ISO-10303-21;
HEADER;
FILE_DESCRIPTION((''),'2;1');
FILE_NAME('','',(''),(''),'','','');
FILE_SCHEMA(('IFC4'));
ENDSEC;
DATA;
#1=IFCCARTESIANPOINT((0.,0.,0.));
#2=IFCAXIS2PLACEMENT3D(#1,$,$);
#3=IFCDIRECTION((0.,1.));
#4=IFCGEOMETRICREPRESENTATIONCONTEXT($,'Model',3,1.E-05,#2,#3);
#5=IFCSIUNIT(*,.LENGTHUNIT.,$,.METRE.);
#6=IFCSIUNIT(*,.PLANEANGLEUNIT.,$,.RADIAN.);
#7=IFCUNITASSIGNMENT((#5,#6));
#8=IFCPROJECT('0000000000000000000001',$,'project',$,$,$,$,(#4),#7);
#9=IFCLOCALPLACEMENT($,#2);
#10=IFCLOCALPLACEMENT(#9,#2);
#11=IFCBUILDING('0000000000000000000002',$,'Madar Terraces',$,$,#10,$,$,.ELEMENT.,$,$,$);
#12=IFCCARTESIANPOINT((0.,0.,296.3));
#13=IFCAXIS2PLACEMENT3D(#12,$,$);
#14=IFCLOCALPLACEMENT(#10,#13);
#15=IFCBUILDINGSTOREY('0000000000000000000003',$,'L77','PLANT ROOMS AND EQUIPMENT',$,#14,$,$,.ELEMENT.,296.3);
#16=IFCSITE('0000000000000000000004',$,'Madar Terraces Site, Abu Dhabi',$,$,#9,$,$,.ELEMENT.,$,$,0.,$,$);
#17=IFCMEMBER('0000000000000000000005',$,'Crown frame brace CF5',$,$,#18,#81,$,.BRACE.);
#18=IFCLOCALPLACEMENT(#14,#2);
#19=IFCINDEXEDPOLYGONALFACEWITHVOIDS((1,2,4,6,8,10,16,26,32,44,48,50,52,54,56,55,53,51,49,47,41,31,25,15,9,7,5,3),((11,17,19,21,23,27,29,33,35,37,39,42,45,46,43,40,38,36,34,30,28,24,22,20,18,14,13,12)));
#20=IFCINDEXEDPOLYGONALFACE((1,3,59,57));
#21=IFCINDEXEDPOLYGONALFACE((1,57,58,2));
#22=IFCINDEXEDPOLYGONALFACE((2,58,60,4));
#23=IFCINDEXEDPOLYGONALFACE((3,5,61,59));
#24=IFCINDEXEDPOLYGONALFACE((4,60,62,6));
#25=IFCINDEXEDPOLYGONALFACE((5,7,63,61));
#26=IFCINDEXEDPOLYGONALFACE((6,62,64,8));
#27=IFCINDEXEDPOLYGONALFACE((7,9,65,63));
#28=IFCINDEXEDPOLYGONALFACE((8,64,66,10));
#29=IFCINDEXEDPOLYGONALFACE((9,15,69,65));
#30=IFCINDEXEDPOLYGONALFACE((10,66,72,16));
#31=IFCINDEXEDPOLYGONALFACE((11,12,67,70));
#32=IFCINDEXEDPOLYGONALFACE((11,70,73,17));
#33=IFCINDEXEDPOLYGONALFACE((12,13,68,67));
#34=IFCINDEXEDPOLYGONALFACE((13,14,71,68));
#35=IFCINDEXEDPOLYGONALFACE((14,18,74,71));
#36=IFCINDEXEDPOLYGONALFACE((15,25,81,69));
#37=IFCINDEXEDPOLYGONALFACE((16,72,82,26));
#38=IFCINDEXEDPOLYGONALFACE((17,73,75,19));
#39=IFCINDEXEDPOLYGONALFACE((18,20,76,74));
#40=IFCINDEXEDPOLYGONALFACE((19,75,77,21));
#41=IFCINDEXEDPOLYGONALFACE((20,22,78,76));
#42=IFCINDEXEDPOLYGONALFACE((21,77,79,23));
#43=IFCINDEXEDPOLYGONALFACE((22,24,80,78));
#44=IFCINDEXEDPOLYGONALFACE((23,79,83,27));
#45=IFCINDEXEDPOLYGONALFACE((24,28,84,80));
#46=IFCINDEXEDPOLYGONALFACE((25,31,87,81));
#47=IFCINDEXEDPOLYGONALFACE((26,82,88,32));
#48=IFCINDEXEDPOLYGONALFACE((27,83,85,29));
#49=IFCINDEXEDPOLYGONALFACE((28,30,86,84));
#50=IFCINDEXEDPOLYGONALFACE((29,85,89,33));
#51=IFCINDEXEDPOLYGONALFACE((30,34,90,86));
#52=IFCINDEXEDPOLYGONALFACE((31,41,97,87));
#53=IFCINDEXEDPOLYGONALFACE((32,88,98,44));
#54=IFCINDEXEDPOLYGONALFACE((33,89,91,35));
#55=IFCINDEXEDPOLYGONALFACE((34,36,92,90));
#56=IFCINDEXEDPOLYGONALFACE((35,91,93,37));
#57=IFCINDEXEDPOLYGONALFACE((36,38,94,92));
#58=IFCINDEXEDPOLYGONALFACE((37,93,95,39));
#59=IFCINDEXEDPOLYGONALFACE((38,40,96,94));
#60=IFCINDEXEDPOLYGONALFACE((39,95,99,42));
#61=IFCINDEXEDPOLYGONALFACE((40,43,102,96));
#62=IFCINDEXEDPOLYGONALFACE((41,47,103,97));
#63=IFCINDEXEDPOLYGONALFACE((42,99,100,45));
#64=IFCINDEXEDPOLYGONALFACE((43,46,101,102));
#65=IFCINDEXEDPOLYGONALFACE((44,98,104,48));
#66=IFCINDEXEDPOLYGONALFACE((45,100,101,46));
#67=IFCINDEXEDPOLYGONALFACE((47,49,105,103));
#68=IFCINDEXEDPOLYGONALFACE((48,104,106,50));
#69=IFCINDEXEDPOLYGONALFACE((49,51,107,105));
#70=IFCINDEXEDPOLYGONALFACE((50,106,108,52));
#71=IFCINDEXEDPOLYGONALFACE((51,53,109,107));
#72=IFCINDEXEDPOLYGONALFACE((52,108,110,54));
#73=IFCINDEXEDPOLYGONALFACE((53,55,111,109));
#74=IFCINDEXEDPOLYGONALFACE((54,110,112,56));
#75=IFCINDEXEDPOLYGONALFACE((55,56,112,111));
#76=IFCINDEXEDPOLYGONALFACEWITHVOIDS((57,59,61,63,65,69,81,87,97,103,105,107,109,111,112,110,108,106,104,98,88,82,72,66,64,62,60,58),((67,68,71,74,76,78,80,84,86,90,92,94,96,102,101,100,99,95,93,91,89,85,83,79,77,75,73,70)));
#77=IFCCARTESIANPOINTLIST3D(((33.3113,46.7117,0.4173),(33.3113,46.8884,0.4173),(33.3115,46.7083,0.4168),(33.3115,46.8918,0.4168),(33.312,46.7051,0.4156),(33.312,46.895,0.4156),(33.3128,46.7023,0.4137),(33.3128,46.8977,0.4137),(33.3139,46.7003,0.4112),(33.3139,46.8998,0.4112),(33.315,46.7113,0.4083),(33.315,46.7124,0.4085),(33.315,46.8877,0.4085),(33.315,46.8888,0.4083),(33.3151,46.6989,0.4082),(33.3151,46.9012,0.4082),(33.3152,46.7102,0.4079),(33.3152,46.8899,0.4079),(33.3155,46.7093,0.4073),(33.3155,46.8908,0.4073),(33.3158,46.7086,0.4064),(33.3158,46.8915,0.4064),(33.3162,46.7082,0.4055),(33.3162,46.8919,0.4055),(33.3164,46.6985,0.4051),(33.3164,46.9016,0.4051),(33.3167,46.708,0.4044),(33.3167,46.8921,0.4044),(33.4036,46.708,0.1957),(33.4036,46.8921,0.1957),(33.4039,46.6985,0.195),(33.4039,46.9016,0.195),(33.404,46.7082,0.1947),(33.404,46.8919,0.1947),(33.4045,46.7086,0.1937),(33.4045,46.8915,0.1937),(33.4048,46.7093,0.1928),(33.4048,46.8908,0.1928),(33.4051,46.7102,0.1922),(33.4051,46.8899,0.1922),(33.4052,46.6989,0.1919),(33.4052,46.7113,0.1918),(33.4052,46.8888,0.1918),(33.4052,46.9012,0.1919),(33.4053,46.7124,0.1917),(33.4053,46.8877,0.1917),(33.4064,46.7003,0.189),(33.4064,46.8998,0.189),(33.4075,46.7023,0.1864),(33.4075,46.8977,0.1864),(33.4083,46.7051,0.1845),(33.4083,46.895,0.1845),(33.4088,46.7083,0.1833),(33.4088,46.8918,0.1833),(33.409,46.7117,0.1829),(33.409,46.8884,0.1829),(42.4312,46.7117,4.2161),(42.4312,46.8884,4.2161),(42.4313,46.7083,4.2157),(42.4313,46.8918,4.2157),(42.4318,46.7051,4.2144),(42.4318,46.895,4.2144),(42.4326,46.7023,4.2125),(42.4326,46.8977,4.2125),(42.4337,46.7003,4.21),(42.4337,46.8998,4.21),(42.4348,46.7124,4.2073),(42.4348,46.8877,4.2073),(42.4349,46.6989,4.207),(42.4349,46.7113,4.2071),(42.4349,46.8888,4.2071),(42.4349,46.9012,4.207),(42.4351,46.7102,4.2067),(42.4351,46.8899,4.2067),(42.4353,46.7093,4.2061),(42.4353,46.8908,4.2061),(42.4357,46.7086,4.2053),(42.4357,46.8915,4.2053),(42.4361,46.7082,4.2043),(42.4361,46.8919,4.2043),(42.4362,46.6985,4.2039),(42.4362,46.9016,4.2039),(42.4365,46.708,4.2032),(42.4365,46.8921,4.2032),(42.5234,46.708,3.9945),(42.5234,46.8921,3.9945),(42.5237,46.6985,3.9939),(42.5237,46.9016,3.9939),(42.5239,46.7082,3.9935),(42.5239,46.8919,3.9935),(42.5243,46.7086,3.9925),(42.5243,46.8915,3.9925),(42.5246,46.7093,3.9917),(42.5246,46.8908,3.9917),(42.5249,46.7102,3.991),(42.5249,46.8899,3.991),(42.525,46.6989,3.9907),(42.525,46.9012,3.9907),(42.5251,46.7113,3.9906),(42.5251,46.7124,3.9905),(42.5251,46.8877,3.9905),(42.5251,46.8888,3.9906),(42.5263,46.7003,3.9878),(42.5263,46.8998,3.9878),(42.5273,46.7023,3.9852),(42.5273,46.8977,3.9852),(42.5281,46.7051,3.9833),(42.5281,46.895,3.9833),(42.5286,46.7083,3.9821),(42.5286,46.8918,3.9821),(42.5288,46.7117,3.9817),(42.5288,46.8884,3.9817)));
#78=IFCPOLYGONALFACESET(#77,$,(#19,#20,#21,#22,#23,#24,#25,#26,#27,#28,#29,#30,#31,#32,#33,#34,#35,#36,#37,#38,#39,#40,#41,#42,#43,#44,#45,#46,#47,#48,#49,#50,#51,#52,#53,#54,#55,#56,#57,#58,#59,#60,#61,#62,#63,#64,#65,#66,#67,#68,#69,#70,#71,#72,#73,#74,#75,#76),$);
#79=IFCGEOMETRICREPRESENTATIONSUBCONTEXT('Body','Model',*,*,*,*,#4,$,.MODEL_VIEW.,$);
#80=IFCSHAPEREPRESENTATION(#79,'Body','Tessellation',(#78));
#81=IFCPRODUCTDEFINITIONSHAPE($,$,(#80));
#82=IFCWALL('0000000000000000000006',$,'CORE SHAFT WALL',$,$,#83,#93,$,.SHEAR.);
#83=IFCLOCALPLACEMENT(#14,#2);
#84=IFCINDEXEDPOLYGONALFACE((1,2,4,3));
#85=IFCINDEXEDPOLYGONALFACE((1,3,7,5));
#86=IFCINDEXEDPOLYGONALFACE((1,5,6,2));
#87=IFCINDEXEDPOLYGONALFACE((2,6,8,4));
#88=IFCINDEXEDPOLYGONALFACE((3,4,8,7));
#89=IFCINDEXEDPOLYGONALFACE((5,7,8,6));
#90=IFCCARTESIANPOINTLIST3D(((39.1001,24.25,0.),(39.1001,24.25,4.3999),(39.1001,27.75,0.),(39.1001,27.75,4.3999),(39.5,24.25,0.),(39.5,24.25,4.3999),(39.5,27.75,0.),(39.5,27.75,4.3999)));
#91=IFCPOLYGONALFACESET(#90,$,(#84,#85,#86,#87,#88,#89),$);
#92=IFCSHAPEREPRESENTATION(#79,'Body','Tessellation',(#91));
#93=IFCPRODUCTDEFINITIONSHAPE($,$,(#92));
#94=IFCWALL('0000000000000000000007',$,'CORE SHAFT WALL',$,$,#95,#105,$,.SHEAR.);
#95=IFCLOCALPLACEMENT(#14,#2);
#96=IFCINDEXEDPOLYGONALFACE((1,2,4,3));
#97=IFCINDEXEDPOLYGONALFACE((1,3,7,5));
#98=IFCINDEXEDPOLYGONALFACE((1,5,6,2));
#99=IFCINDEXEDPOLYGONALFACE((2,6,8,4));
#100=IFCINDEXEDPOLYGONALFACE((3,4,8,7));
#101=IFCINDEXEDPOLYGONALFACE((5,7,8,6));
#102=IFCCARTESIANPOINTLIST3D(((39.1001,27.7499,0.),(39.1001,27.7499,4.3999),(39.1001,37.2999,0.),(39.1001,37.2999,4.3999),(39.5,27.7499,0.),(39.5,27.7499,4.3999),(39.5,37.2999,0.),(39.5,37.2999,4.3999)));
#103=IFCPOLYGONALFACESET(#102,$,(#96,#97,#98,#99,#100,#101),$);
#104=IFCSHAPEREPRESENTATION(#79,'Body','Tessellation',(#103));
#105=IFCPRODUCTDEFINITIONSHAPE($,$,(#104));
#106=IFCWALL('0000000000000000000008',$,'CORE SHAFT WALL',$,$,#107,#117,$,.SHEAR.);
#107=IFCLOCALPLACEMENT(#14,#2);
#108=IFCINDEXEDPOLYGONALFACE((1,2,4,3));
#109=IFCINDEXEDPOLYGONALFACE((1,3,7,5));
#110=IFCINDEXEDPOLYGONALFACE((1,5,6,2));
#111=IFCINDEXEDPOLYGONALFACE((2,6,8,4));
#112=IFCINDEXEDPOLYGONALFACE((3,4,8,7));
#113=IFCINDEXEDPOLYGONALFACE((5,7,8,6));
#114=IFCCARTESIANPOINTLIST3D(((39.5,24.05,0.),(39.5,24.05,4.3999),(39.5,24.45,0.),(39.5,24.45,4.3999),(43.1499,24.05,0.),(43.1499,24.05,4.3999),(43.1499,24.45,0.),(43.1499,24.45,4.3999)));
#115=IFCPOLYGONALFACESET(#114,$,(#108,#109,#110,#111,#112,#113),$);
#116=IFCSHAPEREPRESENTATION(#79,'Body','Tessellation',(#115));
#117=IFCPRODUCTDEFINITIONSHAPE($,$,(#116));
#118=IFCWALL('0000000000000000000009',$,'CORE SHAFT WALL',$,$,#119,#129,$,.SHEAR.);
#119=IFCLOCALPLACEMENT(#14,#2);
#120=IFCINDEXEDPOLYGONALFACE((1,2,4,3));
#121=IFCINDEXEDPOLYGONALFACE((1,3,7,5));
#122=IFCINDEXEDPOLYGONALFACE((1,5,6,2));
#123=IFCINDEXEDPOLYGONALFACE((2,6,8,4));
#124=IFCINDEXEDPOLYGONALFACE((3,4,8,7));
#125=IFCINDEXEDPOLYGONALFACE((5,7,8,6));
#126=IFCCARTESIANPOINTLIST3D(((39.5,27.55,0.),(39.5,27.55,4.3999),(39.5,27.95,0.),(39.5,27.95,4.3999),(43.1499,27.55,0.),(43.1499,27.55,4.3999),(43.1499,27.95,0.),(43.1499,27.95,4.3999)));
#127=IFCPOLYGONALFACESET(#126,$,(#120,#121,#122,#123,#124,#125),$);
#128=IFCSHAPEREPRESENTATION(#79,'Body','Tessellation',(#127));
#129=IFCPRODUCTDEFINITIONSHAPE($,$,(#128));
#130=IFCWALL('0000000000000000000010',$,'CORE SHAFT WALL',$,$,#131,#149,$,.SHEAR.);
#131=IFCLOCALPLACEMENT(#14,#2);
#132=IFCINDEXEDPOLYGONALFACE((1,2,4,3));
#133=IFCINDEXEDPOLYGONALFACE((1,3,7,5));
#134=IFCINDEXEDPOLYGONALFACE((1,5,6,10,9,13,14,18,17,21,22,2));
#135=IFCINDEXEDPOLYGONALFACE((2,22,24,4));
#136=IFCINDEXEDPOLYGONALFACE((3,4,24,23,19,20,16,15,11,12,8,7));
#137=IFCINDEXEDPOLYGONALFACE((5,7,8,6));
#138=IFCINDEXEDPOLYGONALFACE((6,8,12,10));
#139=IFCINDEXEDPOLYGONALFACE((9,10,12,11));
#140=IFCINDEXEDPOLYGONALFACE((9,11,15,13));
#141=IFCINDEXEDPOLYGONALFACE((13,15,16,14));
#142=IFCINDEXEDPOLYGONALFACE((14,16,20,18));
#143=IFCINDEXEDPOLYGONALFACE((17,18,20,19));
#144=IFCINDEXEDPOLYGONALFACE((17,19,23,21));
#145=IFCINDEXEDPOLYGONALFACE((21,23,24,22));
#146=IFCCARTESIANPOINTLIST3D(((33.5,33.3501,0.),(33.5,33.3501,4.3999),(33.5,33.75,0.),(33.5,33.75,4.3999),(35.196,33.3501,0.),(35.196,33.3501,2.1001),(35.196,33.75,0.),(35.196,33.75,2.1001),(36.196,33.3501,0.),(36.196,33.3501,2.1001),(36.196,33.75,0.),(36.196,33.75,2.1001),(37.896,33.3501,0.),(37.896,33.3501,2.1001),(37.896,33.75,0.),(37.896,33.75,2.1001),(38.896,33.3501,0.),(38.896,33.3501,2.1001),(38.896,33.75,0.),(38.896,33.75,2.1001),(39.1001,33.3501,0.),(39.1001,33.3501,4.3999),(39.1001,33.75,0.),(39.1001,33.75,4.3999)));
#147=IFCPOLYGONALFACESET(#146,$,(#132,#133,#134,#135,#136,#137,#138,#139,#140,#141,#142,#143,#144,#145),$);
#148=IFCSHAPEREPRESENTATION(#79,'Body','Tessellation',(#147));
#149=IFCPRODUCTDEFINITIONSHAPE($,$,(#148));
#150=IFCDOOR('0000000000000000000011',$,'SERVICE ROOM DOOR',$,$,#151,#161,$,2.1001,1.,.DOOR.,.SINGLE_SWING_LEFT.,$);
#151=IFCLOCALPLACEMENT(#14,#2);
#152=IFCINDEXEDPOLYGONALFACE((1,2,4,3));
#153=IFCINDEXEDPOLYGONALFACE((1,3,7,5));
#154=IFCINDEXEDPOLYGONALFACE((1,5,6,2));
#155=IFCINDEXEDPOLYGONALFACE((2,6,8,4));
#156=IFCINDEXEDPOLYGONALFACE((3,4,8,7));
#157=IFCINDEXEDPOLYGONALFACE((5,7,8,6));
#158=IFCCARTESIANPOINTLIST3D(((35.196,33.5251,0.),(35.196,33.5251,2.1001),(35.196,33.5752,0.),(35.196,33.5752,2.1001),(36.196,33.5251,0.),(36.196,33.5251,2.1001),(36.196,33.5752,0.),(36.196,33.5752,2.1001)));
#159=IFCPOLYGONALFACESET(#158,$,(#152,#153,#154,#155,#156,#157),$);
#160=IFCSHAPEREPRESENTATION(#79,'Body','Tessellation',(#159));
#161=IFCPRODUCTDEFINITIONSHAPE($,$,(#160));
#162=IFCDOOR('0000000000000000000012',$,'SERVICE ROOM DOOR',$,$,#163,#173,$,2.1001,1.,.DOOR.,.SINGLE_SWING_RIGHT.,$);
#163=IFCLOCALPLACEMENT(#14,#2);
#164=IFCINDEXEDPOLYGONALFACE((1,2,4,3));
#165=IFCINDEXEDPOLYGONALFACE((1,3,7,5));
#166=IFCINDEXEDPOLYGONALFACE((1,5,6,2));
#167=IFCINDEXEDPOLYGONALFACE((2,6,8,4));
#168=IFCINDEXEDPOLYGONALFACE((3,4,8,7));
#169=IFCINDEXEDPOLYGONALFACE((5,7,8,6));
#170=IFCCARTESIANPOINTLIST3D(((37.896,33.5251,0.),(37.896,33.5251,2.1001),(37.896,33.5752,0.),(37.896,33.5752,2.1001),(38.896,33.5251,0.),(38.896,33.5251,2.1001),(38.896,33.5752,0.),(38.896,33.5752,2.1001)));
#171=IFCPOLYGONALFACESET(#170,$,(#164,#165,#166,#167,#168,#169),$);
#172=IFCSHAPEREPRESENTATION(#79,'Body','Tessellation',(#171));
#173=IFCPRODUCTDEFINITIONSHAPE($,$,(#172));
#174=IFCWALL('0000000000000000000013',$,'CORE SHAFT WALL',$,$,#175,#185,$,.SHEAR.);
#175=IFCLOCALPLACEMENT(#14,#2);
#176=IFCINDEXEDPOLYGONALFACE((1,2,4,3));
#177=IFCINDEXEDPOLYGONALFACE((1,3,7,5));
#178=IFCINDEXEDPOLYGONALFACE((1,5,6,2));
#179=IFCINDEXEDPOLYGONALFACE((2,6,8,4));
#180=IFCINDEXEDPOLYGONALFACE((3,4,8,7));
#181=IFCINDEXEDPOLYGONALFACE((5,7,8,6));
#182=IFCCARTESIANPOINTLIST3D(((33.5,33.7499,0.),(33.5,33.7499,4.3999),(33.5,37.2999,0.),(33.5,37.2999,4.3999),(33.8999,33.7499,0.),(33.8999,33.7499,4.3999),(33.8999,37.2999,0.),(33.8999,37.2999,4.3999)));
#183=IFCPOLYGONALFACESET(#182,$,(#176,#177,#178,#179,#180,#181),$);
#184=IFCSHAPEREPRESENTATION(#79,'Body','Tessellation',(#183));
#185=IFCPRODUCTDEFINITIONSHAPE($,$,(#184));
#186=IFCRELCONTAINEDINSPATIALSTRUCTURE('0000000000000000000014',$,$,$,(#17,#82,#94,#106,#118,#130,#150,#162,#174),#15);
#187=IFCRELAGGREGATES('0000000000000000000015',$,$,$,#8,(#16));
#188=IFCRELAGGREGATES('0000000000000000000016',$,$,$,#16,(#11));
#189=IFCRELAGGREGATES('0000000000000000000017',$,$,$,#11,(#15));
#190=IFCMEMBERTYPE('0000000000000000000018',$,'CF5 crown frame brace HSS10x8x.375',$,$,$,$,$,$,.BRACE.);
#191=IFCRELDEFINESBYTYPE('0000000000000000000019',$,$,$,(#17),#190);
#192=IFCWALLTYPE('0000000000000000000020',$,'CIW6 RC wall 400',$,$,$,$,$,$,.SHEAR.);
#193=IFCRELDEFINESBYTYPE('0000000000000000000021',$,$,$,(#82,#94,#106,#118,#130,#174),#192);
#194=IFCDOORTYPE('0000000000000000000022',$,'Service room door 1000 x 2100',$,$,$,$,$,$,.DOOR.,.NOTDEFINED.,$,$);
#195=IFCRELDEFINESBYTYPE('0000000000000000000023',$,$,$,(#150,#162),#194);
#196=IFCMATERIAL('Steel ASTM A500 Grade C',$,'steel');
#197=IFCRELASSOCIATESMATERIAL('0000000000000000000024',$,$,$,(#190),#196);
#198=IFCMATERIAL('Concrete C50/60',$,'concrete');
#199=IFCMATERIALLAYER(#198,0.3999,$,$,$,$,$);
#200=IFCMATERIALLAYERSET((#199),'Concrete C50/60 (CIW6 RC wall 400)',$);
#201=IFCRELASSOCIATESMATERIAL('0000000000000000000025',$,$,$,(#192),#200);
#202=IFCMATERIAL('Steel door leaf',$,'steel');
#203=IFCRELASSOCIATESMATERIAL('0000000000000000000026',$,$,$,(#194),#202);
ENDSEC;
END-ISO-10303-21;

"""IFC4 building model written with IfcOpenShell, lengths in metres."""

from ifc_helpers import new_model, si_unit, direction, frame, frame_2d, origin, origin_2d, place, context, subcontext, project, spatial, rectangle, hollow_rectangle, extrude, material, layer, layer_set, material_profile, profile_set, type_object, element, fill, save


model = new_model("IFC4")

# Units and contexts
model_context = context("Model", 3, precision=1e-05, world=origin(), true_north=direction((0.0, 1.0)))
body_context = subcontext(model_context, "Body", "Model", "MODEL_VIEW")
ifc_project = project(units=[si_unit("LENGTHUNIT", "METRE"), si_unit("PLANEANGLEUNIT", "RADIAN")], contexts=[model_context])

# Site, building, storey
site_placement = place(None, origin())
site = spatial("IfcSite", under=ifc_project, at=site_placement, Name="Madar Terraces Site, Abu Dhabi", CompositionType="ELEMENT", RefElevation=0.0)
building_placement = place(site_placement, origin())
building = spatial("IfcBuilding", under=site, at=building_placement, Name="Madar Terraces", CompositionType="ELEMENT")
storey_placement = place(building_placement, frame((0.0, 0.0, 296.3)))
storey = spatial("IfcBuildingStorey", under=building, at=storey_placement, Name="L77", Description="PLANT ROOMS AND EQUIPMENT", CompositionType="ELEMENT", Elevation=296.3)

# Member
ifc_material_1 = material(Name="Steel ASTM A500 Grade C", Category="steel")
ifc_material_profile_1 = material_profile(ifc_material_1, hollow_rectangle(XDim=0.2031, YDim=0.2539, WallThickness=0.0095, InnerFilletRadius=0.0044, OuterFilletRadius=0.0132, at=origin_2d()), Name="HSS10x8x.375")
ifc_profile_set_1 = profile_set([ifc_material_profile_1], Name="Steel ASTM A500 Grade C")
member_type = type_object("IfcMemberType", Name="CF5 crown frame brace HSS10x8x.375", PredefinedType="BRACE", material=ifc_profile_set_1)
member_placement = place(storey_placement, frame((42.48, 46.8, 4.0989), z_axis=(-0.923117, 0.0, -0.384519), x_axis=(0.0, -1.0, 0.0)))
element("IfcMember", 1, at=member_placement, inside=storey, type_object=member_type, Name="Crown frame brace CF5", PredefinedType="BRACE", context=body_context, shape_type="SweptSolid", body=[
    extrude(hollow_rectangle(XDim=0.2031, YDim=0.2539, WallThickness=0.0095, InnerFilletRadius=0.0044, OuterFilletRadius=0.0132, at=origin_2d()), origin(), (0.0, 0.0, 1.0), 9.8794),
])

# Walls
ifc_material_2 = material(Name="Concrete C50/60", Category="concrete")
ifc_layer_1 = layer(ifc_material_2, 0.3999)
ifc_layer_set_1 = layer_set([ifc_layer_1], Name="Concrete C50/60 (CIW6 RC wall 400)")
wall_type_1 = type_object("IfcWallType", Name="CIW6 RC wall 400", PredefinedType="SHEAR", material=ifc_layer_set_1)
wall_1_placement = place(storey_placement, frame((39.3, 24.25, 0.0), z_axis=(0.0, 0.0, 1.0), x_axis=(0.0, 1.0, 0.0)))
element("IfcWall", 2, at=wall_1_placement, inside=storey, type_object=wall_type_1, Name="CORE SHAFT WALL", PredefinedType="SHEAR", context=body_context, shape_type="SweptSolid", body=[
    extrude(rectangle(XDim=3.5, YDim=0.3999, at=frame_2d((1.75, 0.0))), origin(), (0.0, 0.0, 1.0), 4.3999),
])
wall_2_placement = place(storey_placement, frame((39.3, 27.75, 0.0), z_axis=(0.0, 0.0, 1.0), x_axis=(0.0, 1.0, 0.0)))
element("IfcWall", 3, at=wall_2_placement, inside=storey, type_object=wall_type_1, Name="CORE SHAFT WALL", PredefinedType="SHEAR", context=body_context, shape_type="SweptSolid", body=[
    extrude(rectangle(XDim=9.55, YDim=0.3999, at=frame_2d((4.7749, 0.0))), origin(), (0.0, 0.0, 1.0), 4.3999),
])
for number, where, z_axis, x_axis, name in (
    (4, (39.5, 24.25, 0.0), (0.0, 0.0, 1.0), (1.0, 0.0, 0.0), "CORE SHAFT WALL"),
    (5, (39.5, 27.75, 0.0), (0.0, 0.0, 1.0), (1.0, 0.0, 0.0), "CORE SHAFT WALL"),
):
    element("IfcWall", number, at=place(storey_placement, frame(where, z_axis=z_axis, x_axis=x_axis)), inside=storey, type_object=wall_type_1, Name=name, PredefinedType="SHEAR", context=body_context, shape_type="SweptSolid", body=[
        extrude(rectangle(XDim=3.6499, YDim=0.3999, at=frame_2d((1.825, 0.0))), origin(), (0.0, 0.0, 1.0), 4.3999),
    ])

# Wall, openings, doors
wall_3_placement = place(storey_placement, frame((33.5, 33.55, 0.0), z_axis=(0.0, 0.0, 1.0), x_axis=(1.0, 0.0, 0.0)))
wall_3 = element("IfcWall", 6, at=wall_3_placement, inside=storey, type_object=wall_type_1, Name="CORE SHAFT WALL", PredefinedType="SHEAR", context=body_context, shape_type="SweptSolid", body=[
    extrude(rectangle(XDim=5.6001, YDim=0.3999, at=frame_2d((2.8, 0.0))), origin(), (0.0, 0.0, 1.0), 4.3999),
])
opening_1_placement = place(wall_3_placement, frame((1.696, 0.0, 0.0)))
opening_1 = element("IfcOpeningElement", 7, at=opening_1_placement, cuts=wall_3, PredefinedType="OPENING", context=body_context, shape_type="SweptSolid", body=[
    extrude(rectangle(XDim=1.0, YDim=2.1001, at=frame_2d((0.5, 1.05))), frame((0.0, 0.21, 0.0), z_axis=(0.0, -1.0, 0.0), x_axis=(1.0, 0.0, 0.0)), (0.0, 0.0, 1.0), 0.4199),
])
opening_2_placement = place(wall_3_placement, frame((4.396, 0.0, 0.0)))
opening_2 = element("IfcOpeningElement", 8, at=opening_2_placement, cuts=wall_3, PredefinedType="OPENING", context=body_context, shape_type="SweptSolid", body=[
    extrude(rectangle(XDim=1.0, YDim=2.1001, at=frame_2d((0.5, 1.05))), frame((0.0, 0.21, 0.0), z_axis=(0.0, -1.0, 0.0), x_axis=(1.0, 0.0, 0.0)), (0.0, 0.0, 1.0), 0.4199),
])
ifc_material_3 = material(Name="Steel door leaf", Category="steel")
door_type = type_object("IfcDoorType", Name="Service room door 1000 x 2100", OperationType="NOTDEFINED", PredefinedType="DOOR", material=ifc_material_3)
door_1_placement = place(opening_1_placement, frame((1.0, 0.0, 0.0), z_axis=(0.0, 0.0, 1.0), x_axis=(-1.0, 0.0, 0.0)))
door_1 = element("IfcDoor", 9, at=door_1_placement, inside=storey, type_object=door_type, Name="SERVICE ROOM DOOR", OperationType="SINGLE_SWING_LEFT", OverallHeight=2.1001, OverallWidth=1.0, PredefinedType="DOOR", context=body_context, shape_type="SweptSolid", body=[
    extrude(rectangle(XDim=1.0, YDim=2.1001, at=frame_2d((0.5, 1.05))), frame((0.0, 0.0249, 0.0), z_axis=(0.0, -1.0, 0.0), x_axis=(1.0, 0.0, 0.0)), (0.0, 0.0, 1.0), 0.05),
])
fill(opening_1, door_1)
door_2_placement = place(opening_2_placement, frame((1.0, 0.0, 0.0), z_axis=(0.0, 0.0, 1.0), x_axis=(-1.0, 0.0, 0.0)))
door_2 = element("IfcDoor", 10, at=door_2_placement, inside=storey, type_object=door_type, Name="SERVICE ROOM DOOR", OperationType="SINGLE_SWING_RIGHT", OverallHeight=2.1001, OverallWidth=1.0, PredefinedType="DOOR", context=body_context, shape_type="SweptSolid", body=[
    extrude(rectangle(XDim=1.0, YDim=2.1001, at=frame_2d((0.5, 1.05))), frame((0.0, 0.0249, 0.0), z_axis=(0.0, -1.0, 0.0), x_axis=(1.0, 0.0, 0.0)), (0.0, 0.0, 1.0), 0.05),
])
fill(opening_2, door_2)

# Wall
wall_4_placement = place(storey_placement, frame((33.7, 33.75, 0.0), z_axis=(0.0, 0.0, 1.0), x_axis=(0.0, 1.0, 0.0)))
element("IfcWall", 11, at=wall_4_placement, inside=storey, type_object=wall_type_1, Name="CORE SHAFT WALL", PredefinedType="SHEAR", context=body_context, shape_type="SweptSolid", body=[
    extrude(rectangle(XDim=3.55, YDim=0.3999, at=frame_2d((1.7749, 0.0))), origin(), (0.0, 0.0, 1.0), 4.3999),
])

save(model, "model.ifc")
